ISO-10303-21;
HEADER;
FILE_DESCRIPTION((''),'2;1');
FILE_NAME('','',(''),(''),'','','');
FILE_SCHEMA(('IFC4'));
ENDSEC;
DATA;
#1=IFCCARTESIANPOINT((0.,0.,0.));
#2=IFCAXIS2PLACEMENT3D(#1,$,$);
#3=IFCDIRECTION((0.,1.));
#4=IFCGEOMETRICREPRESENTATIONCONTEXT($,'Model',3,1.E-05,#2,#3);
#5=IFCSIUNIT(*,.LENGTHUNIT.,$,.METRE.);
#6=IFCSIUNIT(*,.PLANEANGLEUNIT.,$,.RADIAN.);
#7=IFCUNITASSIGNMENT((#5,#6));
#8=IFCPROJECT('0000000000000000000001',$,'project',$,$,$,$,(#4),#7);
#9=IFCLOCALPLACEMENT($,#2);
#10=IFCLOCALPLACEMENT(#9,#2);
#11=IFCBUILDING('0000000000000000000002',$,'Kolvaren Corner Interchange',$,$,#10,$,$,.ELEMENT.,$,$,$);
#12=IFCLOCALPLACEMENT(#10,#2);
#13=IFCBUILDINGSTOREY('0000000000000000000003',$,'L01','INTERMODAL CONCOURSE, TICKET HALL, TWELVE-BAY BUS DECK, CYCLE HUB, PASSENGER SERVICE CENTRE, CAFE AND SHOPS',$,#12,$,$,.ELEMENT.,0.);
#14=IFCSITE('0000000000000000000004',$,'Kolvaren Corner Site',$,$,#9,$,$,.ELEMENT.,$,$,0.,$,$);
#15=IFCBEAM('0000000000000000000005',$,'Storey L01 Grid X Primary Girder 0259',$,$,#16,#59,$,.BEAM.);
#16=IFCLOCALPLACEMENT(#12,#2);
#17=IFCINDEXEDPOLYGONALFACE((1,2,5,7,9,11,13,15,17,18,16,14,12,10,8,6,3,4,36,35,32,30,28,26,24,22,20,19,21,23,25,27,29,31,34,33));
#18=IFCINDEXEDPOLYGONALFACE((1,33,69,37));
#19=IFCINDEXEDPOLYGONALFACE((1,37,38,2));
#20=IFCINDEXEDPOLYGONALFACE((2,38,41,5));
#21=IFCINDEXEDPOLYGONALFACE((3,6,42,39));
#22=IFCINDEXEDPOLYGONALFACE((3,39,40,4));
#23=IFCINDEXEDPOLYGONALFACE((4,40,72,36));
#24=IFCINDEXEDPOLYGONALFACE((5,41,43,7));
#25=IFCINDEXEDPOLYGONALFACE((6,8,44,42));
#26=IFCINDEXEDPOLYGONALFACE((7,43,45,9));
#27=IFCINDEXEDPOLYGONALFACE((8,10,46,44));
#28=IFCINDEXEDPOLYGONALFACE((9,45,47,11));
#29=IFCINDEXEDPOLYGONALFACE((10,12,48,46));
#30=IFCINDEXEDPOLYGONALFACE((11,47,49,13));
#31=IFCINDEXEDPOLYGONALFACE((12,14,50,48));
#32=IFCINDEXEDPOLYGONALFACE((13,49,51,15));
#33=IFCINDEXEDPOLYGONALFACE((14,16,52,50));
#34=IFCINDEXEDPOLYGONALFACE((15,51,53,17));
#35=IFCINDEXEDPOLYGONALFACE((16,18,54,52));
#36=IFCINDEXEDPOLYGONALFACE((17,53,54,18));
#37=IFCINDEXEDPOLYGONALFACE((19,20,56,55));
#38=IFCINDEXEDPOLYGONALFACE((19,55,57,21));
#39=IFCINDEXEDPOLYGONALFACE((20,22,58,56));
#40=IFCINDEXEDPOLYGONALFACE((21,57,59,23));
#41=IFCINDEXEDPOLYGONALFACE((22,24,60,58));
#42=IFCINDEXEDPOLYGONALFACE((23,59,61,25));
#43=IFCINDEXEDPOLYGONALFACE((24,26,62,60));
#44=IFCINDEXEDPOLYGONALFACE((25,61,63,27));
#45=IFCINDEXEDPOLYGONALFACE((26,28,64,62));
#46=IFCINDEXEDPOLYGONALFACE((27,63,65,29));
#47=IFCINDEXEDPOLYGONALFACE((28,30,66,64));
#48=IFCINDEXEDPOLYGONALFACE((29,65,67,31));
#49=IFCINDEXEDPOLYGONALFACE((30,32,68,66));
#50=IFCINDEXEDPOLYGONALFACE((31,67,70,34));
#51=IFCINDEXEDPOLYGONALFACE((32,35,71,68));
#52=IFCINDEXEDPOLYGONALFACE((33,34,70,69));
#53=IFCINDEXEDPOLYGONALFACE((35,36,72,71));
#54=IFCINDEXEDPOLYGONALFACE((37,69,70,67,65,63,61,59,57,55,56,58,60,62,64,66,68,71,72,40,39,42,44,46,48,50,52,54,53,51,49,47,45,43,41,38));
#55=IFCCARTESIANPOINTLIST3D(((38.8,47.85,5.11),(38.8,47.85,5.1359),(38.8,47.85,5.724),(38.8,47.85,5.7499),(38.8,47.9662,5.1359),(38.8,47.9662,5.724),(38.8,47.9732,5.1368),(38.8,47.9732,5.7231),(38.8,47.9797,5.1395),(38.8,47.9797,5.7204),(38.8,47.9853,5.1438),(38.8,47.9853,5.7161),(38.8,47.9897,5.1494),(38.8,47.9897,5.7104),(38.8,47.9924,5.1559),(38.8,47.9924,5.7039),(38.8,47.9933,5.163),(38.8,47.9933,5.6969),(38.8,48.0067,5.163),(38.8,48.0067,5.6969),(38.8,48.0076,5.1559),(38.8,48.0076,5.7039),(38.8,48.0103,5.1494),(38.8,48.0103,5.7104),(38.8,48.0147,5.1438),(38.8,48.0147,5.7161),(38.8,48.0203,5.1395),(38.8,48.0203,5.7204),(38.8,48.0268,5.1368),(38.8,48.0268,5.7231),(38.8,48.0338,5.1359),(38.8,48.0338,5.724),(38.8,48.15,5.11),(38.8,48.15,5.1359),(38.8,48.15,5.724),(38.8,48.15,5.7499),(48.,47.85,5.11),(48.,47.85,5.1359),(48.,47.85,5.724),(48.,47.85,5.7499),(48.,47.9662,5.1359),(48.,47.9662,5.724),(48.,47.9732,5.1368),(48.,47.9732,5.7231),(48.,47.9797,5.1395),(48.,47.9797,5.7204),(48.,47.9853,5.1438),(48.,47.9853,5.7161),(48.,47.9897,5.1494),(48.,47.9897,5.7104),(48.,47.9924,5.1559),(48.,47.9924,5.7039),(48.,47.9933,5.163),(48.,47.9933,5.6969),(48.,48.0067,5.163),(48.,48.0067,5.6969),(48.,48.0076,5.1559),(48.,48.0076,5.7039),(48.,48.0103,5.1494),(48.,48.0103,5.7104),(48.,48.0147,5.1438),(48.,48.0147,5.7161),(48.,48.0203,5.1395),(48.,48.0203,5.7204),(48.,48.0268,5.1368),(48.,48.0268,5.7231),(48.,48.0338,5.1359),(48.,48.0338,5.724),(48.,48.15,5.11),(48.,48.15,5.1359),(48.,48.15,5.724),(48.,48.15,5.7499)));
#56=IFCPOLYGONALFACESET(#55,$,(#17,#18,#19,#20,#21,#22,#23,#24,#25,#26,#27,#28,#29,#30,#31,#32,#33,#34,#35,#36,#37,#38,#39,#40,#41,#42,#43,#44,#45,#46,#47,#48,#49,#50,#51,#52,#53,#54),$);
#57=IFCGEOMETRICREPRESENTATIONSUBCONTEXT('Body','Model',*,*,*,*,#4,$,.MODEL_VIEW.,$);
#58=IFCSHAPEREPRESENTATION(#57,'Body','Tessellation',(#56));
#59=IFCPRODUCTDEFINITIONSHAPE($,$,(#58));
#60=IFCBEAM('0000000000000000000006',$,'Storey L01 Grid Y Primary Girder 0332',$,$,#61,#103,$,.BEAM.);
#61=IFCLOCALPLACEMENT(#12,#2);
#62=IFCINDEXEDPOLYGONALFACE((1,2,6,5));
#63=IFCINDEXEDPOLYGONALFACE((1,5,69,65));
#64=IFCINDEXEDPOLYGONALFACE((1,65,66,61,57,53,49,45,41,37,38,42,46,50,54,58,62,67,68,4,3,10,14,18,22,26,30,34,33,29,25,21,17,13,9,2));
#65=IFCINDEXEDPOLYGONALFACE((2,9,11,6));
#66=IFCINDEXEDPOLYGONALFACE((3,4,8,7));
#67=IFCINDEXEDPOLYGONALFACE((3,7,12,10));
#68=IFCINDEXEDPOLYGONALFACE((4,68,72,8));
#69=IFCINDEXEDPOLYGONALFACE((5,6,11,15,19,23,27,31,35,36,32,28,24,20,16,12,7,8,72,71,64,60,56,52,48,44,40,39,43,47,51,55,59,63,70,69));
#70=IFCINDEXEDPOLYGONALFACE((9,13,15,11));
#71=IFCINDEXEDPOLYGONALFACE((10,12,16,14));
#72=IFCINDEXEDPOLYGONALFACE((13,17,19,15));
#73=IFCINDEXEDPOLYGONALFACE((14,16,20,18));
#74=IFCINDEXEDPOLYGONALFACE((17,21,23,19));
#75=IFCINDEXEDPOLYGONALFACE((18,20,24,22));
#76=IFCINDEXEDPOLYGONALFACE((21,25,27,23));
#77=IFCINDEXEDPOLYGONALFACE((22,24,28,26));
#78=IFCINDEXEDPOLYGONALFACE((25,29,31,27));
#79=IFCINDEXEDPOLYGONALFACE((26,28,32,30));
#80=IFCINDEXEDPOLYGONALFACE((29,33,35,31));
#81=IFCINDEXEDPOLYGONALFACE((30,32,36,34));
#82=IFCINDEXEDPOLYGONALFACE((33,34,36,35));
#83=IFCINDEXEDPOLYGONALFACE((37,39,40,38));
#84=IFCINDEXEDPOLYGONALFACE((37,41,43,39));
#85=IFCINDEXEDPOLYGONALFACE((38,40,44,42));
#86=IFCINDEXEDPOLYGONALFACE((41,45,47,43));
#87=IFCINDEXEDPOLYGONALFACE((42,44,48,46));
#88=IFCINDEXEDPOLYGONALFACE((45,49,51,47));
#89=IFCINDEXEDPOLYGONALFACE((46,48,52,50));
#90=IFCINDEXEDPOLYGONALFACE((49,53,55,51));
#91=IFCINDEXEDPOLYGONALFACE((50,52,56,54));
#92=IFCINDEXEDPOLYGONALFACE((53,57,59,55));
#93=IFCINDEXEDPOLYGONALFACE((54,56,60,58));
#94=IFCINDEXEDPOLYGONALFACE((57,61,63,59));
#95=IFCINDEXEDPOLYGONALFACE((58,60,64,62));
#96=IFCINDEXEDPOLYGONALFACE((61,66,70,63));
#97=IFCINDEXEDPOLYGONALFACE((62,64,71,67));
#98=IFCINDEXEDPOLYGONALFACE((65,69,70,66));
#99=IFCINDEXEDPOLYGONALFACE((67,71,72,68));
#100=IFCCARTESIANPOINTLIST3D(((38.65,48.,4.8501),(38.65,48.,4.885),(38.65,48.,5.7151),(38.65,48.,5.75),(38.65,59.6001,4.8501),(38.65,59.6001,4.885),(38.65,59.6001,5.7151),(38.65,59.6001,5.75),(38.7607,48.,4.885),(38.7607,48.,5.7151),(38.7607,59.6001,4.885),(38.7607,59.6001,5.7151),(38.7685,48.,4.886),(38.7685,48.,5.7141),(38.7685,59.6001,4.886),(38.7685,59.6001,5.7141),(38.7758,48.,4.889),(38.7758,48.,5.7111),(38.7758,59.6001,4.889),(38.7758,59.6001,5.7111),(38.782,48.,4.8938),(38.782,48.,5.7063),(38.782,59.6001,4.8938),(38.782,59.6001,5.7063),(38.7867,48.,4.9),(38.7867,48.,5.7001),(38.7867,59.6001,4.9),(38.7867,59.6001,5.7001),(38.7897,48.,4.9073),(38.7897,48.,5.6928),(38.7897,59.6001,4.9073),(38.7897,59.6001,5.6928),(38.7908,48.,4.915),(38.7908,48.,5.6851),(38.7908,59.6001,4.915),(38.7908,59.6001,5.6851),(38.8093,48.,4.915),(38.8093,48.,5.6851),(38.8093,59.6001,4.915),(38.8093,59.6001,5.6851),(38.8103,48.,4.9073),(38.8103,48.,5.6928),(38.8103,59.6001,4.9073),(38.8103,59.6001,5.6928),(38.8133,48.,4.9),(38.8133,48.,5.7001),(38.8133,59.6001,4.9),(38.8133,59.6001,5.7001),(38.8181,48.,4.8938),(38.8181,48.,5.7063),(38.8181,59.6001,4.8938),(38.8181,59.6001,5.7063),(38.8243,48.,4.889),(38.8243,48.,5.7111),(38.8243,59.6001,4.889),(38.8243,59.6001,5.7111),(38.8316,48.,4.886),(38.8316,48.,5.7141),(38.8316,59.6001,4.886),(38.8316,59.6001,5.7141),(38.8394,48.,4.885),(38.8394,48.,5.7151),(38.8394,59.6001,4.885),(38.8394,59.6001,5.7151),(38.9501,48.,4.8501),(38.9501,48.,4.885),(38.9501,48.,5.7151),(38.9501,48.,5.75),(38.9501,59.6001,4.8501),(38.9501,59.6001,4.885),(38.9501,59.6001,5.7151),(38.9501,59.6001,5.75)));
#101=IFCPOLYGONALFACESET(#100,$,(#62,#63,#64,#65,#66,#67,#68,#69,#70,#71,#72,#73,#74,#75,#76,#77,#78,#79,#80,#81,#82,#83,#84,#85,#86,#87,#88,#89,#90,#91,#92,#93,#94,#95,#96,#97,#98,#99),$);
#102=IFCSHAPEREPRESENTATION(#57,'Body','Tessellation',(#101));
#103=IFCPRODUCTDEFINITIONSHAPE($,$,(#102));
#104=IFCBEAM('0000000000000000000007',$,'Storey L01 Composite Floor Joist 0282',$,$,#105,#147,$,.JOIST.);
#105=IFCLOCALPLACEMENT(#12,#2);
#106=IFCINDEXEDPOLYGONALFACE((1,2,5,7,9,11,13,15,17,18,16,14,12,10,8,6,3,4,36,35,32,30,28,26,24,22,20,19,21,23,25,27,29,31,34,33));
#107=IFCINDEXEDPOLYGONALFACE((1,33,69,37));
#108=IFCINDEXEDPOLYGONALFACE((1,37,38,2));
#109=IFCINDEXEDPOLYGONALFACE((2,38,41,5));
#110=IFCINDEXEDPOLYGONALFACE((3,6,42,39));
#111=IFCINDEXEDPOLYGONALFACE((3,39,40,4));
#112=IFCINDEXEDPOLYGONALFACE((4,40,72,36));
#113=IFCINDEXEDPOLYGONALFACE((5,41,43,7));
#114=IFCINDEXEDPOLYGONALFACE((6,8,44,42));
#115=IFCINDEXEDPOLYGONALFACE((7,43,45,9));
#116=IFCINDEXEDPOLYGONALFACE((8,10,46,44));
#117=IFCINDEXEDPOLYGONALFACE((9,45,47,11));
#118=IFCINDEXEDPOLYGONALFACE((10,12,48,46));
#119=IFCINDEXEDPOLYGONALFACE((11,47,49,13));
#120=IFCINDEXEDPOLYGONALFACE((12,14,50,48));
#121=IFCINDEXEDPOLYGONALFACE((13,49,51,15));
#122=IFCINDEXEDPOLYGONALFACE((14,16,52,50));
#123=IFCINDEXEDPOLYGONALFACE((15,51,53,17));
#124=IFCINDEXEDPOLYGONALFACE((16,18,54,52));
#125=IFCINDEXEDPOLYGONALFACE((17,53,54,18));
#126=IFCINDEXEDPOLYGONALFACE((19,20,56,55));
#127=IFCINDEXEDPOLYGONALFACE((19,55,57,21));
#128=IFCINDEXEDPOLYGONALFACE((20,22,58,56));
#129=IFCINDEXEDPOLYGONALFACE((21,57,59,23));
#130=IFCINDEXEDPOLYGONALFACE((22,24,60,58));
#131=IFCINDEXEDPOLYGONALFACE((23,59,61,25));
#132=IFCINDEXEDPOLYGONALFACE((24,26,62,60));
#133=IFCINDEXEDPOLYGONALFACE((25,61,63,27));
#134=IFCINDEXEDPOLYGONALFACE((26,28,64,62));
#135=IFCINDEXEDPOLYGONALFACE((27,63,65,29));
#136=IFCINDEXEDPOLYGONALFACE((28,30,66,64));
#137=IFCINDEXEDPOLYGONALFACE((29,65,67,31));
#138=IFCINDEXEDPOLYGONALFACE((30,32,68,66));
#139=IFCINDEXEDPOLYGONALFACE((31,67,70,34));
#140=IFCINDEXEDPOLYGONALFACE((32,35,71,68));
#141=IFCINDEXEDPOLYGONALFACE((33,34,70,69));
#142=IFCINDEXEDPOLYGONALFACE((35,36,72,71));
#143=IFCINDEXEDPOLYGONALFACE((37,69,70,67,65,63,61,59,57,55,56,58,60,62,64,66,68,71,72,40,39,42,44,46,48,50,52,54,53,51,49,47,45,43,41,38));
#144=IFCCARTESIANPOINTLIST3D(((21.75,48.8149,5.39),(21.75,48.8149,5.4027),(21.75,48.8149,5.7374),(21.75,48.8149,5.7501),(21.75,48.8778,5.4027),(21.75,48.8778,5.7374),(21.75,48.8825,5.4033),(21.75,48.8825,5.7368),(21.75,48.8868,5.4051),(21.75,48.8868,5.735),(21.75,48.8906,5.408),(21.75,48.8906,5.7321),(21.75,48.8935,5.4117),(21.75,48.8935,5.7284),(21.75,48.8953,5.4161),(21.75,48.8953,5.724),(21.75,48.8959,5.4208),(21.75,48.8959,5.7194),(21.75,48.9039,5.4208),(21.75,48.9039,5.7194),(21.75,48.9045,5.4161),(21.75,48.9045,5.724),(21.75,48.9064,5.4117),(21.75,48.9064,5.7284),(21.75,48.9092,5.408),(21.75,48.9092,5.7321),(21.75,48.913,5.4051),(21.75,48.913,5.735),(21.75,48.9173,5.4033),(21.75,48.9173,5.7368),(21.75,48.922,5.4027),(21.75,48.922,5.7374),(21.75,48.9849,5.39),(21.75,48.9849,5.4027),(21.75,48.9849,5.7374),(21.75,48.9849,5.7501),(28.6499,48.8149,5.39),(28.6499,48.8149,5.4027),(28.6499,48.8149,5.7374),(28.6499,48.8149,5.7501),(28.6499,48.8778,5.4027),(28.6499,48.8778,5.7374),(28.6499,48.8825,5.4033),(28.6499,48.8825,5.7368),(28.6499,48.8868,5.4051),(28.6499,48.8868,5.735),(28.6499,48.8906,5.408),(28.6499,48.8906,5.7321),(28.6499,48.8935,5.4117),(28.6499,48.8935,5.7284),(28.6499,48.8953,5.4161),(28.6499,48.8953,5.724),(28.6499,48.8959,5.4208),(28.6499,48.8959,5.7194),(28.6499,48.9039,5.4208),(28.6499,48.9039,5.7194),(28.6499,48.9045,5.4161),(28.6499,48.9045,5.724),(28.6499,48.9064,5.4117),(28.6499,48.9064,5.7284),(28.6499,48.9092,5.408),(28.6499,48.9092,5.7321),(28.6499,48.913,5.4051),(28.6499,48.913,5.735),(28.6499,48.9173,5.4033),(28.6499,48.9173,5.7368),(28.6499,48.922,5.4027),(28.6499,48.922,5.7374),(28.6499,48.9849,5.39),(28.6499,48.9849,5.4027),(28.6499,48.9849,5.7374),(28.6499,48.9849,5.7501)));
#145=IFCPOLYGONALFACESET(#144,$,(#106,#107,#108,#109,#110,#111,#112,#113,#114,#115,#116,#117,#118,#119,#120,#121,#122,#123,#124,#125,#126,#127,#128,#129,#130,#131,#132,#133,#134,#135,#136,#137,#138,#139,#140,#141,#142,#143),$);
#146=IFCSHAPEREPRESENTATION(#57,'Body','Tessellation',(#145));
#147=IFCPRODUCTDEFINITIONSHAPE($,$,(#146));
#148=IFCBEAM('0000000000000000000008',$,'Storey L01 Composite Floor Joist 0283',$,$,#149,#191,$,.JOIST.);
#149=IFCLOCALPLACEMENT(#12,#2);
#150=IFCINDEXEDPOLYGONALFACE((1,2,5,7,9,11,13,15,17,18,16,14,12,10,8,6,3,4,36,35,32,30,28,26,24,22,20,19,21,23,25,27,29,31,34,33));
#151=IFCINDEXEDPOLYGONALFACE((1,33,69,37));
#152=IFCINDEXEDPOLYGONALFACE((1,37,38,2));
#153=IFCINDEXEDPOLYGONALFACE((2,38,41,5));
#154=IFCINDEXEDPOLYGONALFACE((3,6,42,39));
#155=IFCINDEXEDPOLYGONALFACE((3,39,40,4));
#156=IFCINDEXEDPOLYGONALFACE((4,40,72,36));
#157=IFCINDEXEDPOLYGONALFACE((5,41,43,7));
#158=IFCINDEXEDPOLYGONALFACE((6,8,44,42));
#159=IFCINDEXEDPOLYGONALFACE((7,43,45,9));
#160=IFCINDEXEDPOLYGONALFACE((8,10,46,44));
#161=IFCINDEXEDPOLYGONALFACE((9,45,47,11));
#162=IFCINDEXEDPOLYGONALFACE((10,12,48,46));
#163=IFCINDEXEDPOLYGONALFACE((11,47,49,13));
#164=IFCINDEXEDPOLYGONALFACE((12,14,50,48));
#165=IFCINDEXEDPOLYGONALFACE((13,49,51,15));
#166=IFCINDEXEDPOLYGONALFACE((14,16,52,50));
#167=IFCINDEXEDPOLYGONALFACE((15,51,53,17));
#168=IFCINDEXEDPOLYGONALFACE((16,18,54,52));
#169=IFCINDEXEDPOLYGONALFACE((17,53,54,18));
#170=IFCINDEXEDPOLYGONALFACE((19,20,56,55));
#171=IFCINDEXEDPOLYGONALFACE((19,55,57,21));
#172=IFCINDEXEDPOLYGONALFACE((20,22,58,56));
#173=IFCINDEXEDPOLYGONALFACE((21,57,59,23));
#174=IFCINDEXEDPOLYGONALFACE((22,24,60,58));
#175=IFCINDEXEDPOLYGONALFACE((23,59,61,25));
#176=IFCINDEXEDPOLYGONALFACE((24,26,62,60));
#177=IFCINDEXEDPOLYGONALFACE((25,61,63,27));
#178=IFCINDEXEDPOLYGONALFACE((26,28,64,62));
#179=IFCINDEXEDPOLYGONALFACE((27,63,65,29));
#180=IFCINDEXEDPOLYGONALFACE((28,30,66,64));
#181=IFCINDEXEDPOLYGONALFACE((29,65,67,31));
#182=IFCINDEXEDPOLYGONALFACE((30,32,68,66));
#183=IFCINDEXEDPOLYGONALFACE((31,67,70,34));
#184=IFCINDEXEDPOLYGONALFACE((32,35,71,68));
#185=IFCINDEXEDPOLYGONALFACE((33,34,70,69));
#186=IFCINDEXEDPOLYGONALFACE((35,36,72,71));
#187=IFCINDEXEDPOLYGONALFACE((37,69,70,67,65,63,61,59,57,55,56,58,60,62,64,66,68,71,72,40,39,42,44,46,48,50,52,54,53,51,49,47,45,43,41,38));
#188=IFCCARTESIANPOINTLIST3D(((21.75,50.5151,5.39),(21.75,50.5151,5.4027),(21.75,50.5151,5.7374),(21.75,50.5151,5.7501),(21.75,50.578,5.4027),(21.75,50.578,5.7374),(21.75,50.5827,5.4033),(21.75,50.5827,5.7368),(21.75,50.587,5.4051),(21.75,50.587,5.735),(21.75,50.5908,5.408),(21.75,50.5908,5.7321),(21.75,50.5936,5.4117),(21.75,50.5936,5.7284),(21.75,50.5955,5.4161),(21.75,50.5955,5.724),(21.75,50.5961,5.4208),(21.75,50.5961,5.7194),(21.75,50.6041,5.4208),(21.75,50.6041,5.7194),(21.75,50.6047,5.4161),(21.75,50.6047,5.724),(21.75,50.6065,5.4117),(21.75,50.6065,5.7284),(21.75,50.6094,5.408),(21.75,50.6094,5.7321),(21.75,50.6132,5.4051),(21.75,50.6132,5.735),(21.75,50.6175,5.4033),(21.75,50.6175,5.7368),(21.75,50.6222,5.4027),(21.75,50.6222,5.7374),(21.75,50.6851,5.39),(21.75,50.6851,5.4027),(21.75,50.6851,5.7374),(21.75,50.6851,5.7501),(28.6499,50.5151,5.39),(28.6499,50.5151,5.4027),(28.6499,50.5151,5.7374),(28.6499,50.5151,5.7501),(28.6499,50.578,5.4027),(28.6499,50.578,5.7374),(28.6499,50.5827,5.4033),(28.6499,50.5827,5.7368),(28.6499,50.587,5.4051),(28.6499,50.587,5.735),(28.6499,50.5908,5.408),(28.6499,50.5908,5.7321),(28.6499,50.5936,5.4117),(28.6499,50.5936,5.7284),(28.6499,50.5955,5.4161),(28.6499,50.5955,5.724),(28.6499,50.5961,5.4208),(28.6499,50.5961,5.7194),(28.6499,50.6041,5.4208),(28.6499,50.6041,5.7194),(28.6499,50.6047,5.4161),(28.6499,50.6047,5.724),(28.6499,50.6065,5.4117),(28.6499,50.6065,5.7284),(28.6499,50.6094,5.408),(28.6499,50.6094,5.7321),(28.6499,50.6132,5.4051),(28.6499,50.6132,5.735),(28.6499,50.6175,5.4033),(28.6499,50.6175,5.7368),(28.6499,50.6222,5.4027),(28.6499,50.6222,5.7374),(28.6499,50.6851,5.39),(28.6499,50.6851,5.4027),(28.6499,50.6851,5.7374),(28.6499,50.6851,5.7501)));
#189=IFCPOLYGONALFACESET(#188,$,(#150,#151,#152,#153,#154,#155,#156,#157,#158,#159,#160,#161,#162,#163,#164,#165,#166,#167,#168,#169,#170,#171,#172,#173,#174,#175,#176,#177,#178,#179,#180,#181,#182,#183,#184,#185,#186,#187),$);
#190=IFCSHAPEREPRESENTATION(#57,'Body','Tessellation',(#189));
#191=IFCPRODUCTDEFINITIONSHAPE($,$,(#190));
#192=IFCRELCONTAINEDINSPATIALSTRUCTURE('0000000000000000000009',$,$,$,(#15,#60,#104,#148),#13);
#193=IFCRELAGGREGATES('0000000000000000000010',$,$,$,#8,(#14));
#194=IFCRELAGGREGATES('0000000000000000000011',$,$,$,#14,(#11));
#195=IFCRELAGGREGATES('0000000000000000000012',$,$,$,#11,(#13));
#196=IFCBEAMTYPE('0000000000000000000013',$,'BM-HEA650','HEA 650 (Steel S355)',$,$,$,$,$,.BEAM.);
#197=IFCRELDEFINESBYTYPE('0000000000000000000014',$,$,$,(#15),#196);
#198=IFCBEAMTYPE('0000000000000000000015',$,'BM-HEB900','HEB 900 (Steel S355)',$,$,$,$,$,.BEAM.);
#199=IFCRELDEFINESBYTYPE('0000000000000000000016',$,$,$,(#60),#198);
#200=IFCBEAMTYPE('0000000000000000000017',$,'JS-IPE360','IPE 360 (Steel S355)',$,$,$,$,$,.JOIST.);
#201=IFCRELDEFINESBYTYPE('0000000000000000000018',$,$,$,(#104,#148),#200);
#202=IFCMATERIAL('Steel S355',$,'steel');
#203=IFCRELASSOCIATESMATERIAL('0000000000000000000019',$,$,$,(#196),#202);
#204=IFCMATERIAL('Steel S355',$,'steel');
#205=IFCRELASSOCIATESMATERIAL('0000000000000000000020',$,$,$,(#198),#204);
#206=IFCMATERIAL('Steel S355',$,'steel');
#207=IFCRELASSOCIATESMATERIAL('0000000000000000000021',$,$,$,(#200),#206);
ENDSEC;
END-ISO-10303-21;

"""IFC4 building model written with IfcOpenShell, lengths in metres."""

from ifc_helpers import new_model, si_unit, direction, frame, origin, origin_2d, place, context, subcontext, project, spatial, i_section, extrude, material, material_profile, profile_set, type_object, element, save


model = new_model("IFC4")

# Units and contexts
model_context = context("Model", 3, precision=1e-05, world=origin(), true_north=direction((0.0, 1.0)))
body_context = subcontext(model_context, "Body", "Model", "MODEL_VIEW")
ifc_project = project(units=[si_unit("LENGTHUNIT", "METRE"), si_unit("PLANEANGLEUNIT", "RADIAN")], contexts=[model_context])

# Site, building, storey
site_placement = place(None, origin())
site = spatial("IfcSite", under=ifc_project, at=site_placement, Name="Kolvaren Corner Site", CompositionType="ELEMENT", RefElevation=0.0)
building_placement = place(site_placement, origin())
building = spatial("IfcBuilding", under=site, at=building_placement, Name="Kolvaren Corner Interchange", CompositionType="ELEMENT")
storey_placement = place(building_placement, origin())
storey = spatial("IfcBuildingStorey", under=building, at=storey_placement, Name="L01", Description="INTERMODAL CONCOURSE, TICKET HALL, TWELVE-BAY BUS DECK, CYCLE HUB, PASSENGER SERVICE CENTRE, CAFE AND SHOPS", CompositionType="ELEMENT", Elevation=0.0)

# Beams
ifc_material_1 = material(Name="Steel S355", Category="steel")
ifc_material_profile_1 = material_profile(ifc_material_1, i_section(OverallWidth=0.3, OverallDepth=0.6399, WebThickness=0.0134, FlangeThickness=0.0259, FilletRadius=0.0271, at=origin_2d()), Name="HEA 650")
ifc_profile_set_1 = profile_set([ifc_material_profile_1], Name="Steel S355")
beam_type_1 = type_object("IfcBeamType", Name="BM-HEA650", Description="HEA 650 (Steel S355)", PredefinedType="BEAM", material=ifc_profile_set_1)
beam_1_placement = place(storey_placement, frame((38.8, 48.0, 5.4299), z_axis=(1.0, 0.0, 0.0), x_axis=(0.0, 1.0, 0.0)))
element("IfcBeam", 1, at=beam_1_placement, inside=storey, type_object=beam_type_1, Name="Storey L01 Grid X Primary Girder 0259", PredefinedType="BEAM", context=body_context, shape_type="SweptSolid", body=[
    extrude(i_section(OverallWidth=0.3, OverallDepth=0.6399, WebThickness=0.0134, FlangeThickness=0.0259, FilletRadius=0.0271, at=origin_2d()), origin(), (0.0, 0.0, 1.0), 9.2),
])
ifc_material_2 = material(Name="Steel S355", Category="steel")
ifc_material_profile_2 = material_profile(ifc_material_2, i_section(OverallWidth=0.3, OverallDepth=0.8999, WebThickness=0.0186, FlangeThickness=0.0349, FilletRadius=0.03, at=origin_2d()), Name="HEB 900")
ifc_profile_set_2 = profile_set([ifc_material_profile_2], Name="Steel S355")
beam_type_2 = type_object("IfcBeamType", Name="BM-HEB900", Description="HEB 900 (Steel S355)", PredefinedType="BEAM", material=ifc_profile_set_2)
beam_2_placement = place(storey_placement, frame((38.8, 48.0, 5.3), z_axis=(0.0, 1.0, 0.0), x_axis=(-1.0, 0.0, 0.0)))
element("IfcBeam", 2, at=beam_2_placement, inside=storey, type_object=beam_type_2, Name="Storey L01 Grid Y Primary Girder 0332", PredefinedType="BEAM", context=body_context, shape_type="SweptSolid", body=[
    extrude(i_section(OverallWidth=0.3, OverallDepth=0.8999, WebThickness=0.0186, FlangeThickness=0.0349, FilletRadius=0.03, at=origin_2d()), origin(), (0.0, 0.0, 1.0), 11.6001),
])
ifc_material_3 = material(Name="Steel S355", Category="steel")
ifc_material_profile_3 = material_profile(ifc_material_3, i_section(OverallWidth=0.1699, OverallDepth=0.3601, WebThickness=0.0081, FlangeThickness=0.0127, FilletRadius=0.0181, at=origin_2d()), Name="IPE 360")
ifc_profile_set_3 = profile_set([ifc_material_profile_3], Name="Steel S355")
beam_type_3 = type_object("IfcBeamType", Name="JS-IPE360", Description="IPE 360 (Steel S355)", PredefinedType="JOIST", material=ifc_profile_set_3)
for number, where, z_axis, x_axis, name in (
    (3, (21.75, 48.8999, 5.5701), (1.0, 0.0, 0.0), (0.0, 1.0, 0.0), "Storey L01 Composite Floor Joist 0282"),
    (4, (21.75, 50.6001, 5.5701), (1.0, 0.0, 0.0), (0.0, 1.0, 0.0), "Storey L01 Composite Floor Joist 0283"),
):
    element("IfcBeam", number, at=place(storey_placement, frame(where, z_axis=z_axis, x_axis=x_axis)), inside=storey, type_object=beam_type_3, Name=name, PredefinedType="JOIST", context=body_context, shape_type="SweptSolid", body=[
        extrude(i_section(OverallWidth=0.1699, OverallDepth=0.3601, WebThickness=0.0081, FlangeThickness=0.0127, FilletRadius=0.0181, at=origin_2d()), origin(), (0.0, 0.0, 1.0), 6.8999),
    ])

save(model, "model.ifc")
